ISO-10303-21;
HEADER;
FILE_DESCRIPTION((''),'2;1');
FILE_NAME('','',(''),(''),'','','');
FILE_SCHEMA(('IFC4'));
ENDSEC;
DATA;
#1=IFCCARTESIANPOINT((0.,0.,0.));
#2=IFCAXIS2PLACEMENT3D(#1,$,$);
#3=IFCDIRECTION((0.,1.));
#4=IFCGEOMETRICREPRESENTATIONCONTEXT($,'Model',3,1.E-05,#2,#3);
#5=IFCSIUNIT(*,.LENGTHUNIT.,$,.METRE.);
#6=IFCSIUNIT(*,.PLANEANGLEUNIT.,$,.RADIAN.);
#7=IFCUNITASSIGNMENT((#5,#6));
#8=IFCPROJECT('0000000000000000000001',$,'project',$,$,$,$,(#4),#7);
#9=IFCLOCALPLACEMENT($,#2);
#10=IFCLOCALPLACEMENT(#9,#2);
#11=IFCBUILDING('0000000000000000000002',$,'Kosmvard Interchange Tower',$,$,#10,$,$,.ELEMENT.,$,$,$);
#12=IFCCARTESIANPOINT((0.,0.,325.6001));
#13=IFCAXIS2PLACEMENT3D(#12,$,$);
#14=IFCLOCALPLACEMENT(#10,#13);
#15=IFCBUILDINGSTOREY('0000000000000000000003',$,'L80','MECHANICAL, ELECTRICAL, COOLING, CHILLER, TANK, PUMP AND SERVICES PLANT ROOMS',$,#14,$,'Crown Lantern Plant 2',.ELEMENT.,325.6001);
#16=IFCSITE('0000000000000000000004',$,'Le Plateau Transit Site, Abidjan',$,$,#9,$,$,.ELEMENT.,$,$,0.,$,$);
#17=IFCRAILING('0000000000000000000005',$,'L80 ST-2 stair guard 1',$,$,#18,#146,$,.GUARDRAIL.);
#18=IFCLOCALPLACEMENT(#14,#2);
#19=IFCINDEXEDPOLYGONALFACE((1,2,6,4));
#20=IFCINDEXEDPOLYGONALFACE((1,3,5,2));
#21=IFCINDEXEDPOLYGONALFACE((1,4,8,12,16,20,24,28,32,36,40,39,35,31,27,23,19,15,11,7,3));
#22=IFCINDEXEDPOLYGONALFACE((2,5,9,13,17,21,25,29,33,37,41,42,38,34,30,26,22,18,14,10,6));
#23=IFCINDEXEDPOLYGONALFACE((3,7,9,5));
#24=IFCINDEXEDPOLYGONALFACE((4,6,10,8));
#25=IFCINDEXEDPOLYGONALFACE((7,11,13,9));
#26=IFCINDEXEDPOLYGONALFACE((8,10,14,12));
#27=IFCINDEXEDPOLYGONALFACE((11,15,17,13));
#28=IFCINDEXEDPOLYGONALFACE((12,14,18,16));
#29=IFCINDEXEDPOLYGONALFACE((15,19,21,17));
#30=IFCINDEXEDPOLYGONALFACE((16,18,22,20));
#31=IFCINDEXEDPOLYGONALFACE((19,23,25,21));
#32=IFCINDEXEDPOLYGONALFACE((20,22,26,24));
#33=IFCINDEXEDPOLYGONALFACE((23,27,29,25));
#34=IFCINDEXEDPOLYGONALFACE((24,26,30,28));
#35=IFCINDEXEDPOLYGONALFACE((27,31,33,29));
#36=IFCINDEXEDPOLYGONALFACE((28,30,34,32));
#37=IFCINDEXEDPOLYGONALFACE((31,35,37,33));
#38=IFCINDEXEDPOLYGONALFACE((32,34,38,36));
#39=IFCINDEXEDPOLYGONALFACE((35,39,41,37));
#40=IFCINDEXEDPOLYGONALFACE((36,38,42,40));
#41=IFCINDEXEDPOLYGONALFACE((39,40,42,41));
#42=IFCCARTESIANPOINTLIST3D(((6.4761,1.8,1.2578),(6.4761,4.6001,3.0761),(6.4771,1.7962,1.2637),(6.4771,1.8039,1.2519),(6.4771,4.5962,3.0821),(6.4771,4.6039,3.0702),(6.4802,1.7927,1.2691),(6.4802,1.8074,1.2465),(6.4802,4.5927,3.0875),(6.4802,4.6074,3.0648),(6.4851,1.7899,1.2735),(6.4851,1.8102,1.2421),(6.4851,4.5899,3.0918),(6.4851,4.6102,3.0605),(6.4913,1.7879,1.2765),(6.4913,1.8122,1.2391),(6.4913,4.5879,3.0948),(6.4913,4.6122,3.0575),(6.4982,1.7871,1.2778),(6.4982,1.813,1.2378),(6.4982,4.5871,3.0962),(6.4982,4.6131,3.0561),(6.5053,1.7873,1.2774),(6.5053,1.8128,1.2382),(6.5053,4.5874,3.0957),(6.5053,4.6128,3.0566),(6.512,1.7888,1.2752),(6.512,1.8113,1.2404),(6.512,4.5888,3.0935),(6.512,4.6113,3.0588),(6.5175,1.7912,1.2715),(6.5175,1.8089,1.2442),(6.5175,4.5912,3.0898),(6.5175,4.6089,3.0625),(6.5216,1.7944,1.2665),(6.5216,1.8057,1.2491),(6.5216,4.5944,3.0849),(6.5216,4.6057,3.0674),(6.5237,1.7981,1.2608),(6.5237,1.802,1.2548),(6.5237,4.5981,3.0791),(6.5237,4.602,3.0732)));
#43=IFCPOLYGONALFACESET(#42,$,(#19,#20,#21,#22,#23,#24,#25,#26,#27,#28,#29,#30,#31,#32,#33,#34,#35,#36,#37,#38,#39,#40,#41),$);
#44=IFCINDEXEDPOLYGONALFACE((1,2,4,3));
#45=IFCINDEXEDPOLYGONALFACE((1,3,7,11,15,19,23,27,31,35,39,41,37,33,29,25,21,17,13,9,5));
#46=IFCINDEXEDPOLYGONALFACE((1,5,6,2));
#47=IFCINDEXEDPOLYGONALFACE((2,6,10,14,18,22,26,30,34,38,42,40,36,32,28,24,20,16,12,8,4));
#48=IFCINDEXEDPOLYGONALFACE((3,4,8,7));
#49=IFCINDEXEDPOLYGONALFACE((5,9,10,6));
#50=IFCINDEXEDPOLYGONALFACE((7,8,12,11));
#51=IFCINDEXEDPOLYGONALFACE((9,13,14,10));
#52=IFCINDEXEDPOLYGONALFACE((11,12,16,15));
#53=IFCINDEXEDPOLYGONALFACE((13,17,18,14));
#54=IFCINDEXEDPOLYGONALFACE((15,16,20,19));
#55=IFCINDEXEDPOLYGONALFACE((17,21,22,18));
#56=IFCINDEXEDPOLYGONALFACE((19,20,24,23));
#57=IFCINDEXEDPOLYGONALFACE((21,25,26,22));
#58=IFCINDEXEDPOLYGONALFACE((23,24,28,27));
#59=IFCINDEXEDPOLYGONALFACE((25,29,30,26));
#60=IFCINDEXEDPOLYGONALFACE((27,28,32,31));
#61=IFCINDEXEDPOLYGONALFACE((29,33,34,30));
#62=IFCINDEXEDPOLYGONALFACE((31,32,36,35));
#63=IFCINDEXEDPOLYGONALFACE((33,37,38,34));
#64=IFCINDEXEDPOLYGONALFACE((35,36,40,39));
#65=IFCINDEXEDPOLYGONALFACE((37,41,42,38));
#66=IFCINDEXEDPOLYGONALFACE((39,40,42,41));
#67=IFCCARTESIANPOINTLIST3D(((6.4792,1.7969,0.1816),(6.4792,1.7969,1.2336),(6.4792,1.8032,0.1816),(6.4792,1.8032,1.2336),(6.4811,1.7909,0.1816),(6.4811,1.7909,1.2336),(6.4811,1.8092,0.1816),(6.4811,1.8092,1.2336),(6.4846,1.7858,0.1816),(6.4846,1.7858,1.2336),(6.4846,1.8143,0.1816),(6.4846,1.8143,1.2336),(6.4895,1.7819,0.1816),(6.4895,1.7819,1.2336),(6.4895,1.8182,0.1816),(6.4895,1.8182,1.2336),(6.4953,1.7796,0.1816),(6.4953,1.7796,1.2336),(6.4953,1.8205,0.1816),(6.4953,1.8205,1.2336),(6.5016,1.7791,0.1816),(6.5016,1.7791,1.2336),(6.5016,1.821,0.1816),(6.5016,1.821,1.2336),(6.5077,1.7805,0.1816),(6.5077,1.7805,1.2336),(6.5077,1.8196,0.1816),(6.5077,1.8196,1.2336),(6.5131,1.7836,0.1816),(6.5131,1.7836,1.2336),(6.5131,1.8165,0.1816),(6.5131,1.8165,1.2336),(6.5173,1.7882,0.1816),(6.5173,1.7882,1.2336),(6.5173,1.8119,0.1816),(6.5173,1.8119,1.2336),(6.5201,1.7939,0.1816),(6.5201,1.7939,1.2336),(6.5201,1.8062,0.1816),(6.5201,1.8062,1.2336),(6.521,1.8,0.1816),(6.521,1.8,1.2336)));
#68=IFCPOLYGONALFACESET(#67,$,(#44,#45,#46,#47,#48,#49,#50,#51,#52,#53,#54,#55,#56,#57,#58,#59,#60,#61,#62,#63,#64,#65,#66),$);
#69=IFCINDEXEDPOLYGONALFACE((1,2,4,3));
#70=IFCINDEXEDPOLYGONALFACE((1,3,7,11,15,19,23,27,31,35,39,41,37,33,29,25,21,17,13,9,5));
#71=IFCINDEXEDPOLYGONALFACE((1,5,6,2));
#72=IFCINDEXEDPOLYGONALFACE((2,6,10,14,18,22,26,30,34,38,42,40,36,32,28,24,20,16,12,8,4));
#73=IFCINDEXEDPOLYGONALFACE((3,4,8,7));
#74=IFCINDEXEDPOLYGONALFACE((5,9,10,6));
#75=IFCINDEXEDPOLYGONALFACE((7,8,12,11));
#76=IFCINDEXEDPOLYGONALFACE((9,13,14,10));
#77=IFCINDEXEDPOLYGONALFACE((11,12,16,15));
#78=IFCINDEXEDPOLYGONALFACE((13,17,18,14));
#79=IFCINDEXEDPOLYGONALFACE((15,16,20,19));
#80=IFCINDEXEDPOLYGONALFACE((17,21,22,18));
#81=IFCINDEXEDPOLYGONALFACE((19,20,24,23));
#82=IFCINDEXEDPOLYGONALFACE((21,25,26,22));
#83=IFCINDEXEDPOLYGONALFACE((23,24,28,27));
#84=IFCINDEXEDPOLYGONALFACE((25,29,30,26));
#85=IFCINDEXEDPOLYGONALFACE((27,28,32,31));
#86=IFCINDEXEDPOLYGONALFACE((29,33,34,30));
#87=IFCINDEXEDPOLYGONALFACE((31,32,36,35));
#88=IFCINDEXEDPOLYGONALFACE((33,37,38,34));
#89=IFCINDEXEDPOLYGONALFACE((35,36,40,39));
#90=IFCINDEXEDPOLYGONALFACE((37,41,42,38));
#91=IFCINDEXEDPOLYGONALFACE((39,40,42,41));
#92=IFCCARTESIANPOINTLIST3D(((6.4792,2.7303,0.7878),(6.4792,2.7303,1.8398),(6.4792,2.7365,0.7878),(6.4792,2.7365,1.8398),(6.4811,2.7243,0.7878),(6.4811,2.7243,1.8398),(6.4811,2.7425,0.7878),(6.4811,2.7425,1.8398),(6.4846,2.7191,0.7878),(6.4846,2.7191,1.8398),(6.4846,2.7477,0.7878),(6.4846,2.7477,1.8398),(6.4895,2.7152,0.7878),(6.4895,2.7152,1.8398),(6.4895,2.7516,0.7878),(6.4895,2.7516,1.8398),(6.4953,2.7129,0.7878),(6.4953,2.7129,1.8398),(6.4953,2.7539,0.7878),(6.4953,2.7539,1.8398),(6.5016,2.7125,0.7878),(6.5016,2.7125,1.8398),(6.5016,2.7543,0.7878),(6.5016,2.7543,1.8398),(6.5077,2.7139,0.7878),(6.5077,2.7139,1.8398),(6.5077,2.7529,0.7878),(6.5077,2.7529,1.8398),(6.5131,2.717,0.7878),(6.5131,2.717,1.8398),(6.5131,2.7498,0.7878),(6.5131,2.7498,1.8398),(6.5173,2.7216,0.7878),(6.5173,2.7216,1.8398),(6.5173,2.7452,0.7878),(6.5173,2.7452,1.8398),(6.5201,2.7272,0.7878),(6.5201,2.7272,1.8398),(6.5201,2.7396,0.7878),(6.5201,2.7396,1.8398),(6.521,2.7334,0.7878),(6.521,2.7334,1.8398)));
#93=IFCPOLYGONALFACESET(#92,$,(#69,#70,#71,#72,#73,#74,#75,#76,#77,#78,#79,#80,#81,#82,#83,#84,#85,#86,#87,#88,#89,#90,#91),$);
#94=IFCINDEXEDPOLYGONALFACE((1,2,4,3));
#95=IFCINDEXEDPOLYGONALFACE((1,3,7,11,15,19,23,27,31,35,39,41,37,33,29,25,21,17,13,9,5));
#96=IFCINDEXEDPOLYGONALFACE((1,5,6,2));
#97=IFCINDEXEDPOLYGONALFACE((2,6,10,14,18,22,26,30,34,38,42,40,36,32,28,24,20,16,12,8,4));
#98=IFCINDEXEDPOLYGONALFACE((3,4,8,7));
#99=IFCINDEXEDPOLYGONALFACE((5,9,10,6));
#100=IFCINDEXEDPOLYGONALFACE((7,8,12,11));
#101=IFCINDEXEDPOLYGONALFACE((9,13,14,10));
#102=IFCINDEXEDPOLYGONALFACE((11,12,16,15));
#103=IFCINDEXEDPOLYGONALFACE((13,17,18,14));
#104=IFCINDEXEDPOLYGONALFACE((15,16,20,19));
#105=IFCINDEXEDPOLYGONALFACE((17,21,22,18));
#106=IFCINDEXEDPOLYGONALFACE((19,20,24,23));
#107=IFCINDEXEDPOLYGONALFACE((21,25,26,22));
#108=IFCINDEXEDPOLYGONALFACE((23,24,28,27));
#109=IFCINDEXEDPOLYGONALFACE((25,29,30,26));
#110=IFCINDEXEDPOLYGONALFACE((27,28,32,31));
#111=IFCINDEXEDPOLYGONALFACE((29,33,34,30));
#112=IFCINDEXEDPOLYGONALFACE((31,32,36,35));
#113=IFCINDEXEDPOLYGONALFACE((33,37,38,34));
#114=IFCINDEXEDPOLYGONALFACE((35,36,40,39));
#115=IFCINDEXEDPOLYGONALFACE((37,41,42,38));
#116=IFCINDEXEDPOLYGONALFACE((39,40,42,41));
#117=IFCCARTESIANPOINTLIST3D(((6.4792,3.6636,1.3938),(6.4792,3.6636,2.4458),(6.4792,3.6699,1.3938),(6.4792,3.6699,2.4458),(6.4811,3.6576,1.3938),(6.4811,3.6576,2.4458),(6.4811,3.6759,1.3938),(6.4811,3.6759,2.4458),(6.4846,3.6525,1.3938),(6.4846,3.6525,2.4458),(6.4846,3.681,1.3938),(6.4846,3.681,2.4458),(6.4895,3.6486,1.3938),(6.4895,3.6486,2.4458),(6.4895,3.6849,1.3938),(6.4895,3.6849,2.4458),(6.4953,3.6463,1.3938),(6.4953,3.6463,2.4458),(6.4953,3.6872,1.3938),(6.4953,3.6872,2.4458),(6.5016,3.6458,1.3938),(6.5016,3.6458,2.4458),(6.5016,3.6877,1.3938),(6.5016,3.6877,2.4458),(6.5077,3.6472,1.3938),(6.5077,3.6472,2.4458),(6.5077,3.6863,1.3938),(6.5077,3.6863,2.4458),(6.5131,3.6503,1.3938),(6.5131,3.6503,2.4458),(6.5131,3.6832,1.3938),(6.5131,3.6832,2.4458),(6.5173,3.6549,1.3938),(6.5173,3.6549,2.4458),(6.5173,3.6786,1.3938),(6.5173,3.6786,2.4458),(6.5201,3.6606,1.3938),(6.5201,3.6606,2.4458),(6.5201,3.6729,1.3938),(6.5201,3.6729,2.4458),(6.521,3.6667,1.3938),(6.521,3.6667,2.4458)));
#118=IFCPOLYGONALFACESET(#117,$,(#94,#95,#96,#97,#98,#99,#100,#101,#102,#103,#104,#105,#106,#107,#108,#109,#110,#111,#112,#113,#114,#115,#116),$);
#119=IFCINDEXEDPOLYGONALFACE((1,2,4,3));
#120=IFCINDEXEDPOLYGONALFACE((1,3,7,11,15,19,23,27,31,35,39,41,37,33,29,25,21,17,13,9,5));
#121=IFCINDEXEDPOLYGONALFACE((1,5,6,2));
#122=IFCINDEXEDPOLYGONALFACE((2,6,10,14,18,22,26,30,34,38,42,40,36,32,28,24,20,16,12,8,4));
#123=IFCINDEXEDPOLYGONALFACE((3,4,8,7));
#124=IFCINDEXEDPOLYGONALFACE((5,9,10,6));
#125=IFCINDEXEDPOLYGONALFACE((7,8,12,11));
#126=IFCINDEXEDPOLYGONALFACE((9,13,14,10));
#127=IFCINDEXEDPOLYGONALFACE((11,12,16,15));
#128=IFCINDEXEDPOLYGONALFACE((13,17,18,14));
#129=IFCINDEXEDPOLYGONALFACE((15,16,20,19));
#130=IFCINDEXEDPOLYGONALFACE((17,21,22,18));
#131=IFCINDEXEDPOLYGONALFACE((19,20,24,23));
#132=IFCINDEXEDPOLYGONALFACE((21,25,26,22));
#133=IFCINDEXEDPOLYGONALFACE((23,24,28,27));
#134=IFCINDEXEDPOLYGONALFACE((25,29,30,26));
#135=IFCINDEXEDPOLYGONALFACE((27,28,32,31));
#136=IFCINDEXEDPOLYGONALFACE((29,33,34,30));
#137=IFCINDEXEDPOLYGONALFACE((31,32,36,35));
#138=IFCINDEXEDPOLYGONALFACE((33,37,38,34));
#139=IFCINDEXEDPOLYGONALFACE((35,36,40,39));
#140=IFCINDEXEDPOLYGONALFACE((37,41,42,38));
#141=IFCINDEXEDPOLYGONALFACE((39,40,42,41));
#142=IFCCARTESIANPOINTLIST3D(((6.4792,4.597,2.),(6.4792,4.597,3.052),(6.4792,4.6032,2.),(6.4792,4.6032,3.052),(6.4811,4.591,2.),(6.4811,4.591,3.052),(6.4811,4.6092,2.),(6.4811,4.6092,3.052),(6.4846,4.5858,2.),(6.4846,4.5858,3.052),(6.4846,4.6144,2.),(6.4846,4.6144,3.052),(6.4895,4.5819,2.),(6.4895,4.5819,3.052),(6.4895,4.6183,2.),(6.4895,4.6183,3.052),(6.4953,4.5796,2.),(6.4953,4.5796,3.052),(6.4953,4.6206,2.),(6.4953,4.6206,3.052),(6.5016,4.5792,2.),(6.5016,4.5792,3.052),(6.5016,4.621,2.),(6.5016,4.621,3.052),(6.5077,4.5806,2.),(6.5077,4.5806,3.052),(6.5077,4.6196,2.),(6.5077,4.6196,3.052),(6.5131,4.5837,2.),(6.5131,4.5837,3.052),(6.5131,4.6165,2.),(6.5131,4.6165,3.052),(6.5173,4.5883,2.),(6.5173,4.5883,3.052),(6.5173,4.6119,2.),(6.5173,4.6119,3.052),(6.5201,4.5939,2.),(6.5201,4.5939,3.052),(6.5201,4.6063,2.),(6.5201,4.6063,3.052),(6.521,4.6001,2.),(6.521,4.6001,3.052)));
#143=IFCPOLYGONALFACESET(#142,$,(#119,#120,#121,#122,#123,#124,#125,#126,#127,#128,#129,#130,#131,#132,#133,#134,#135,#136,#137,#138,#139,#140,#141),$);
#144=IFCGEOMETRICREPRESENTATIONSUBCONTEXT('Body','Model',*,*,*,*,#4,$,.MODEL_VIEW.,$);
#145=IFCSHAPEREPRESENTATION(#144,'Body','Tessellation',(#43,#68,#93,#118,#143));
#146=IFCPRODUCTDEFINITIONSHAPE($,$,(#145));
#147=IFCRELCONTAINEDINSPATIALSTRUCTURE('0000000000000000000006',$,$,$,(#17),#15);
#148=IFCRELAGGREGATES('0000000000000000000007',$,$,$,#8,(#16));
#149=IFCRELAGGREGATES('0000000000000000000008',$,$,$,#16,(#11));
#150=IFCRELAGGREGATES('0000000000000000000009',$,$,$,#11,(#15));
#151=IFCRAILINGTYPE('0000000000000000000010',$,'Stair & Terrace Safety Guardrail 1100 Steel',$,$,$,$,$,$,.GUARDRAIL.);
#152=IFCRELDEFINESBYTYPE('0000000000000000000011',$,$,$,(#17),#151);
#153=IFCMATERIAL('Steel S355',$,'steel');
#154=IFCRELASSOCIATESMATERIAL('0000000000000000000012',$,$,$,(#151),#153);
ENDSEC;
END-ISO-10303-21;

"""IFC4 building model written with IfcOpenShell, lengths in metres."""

from ifc_helpers import new_model, si_unit, direction, frame, origin, origin_2d, place, context, subcontext, project, spatial, circle, extrude, source, transform, mapped, material, type_object, element, save


model = new_model("IFC4")

# Units and contexts
model_context = context("Model", 3, precision=1e-05, world=origin(), true_north=direction((0.0, 1.0)))
body_context = subcontext(model_context, "Body", "Model", "MODEL_VIEW")
ifc_project = project(units=[si_unit("LENGTHUNIT", "METRE"), si_unit("PLANEANGLEUNIT", "RADIAN")], contexts=[model_context])

# Site, building, storey
site_placement = place(None, origin())
site = spatial("IfcSite", under=ifc_project, at=site_placement, Name="Le Plateau Transit Site, Abidjan", CompositionType="ELEMENT", RefElevation=0.0)
building_placement = place(site_placement, origin())
building = spatial("IfcBuilding", under=site, at=building_placement, Name="Kosmvard Interchange Tower", CompositionType="ELEMENT")
storey_placement = place(building_placement, frame((0.0, 0.0, 325.6001)))
storey = spatial("IfcBuildingStorey", under=building, at=storey_placement, Name="L80", Description="MECHANICAL, ELECTRICAL, COOLING, CHILLER, TANK, PUMP AND SERVICES PLANT ROOMS", LongName="Crown Lantern Plant 2", CompositionType="ELEMENT", Elevation=325.6001)

# Shared definitions
ifc_material_1 = material(Name="Steel S355", Category="steel")

# Railing
railing_type_1 = type_object("IfcRailingType", Name="Stair & Terrace Safety Guardrail 1100 Steel", PredefinedType="GUARDRAIL", material=ifc_material_1)
shared_shape_1 = source(origin(), body_context, "Body", "SweptSolid", [
    extrude(circle(Radius=0.0239, at=origin_2d()), frame((0.0, 0.0, 1.0762), z_axis=(0.0, 0.838672, 0.544636), x_axis=(-1.0, 0.0, 0.0)), (0.0, 0.0, 1.0), 3.3386),
    extrude(circle(Radius=0.021, at=origin_2d()), origin(), (0.0, 0.0, 1.0), 1.052),
    extrude(circle(Radius=0.021, at=origin_2d()), frame((0.0, 0.9333, 0.6062)), (0.0, 0.0, 1.0), 1.052),
    extrude(circle(Radius=0.021, at=origin_2d()), frame((0.0, 1.8667, 1.2122)), (0.0, 0.0, 1.0), 1.052),
    extrude(circle(Radius=0.021, at=origin_2d()), frame((0.0, 2.8, 1.8184)), (0.0, 0.0, 1.0), 1.052),
])
railing_1_placement = place(storey_placement, frame((6.5, 1.8, 0.1816)))
element("IfcRailing", 1, at=railing_1_placement, inside=storey, type_object=railing_type_1, Name="L80 ST-2 stair guard 1", PredefinedType="GUARDRAIL", context=body_context, shape_type="MappedRepresentation", body=[
    mapped(shared_shape_1, transform((0.0, 0.0, 0.0), scale=1.0)),
])

save(model, "model.ifc")
